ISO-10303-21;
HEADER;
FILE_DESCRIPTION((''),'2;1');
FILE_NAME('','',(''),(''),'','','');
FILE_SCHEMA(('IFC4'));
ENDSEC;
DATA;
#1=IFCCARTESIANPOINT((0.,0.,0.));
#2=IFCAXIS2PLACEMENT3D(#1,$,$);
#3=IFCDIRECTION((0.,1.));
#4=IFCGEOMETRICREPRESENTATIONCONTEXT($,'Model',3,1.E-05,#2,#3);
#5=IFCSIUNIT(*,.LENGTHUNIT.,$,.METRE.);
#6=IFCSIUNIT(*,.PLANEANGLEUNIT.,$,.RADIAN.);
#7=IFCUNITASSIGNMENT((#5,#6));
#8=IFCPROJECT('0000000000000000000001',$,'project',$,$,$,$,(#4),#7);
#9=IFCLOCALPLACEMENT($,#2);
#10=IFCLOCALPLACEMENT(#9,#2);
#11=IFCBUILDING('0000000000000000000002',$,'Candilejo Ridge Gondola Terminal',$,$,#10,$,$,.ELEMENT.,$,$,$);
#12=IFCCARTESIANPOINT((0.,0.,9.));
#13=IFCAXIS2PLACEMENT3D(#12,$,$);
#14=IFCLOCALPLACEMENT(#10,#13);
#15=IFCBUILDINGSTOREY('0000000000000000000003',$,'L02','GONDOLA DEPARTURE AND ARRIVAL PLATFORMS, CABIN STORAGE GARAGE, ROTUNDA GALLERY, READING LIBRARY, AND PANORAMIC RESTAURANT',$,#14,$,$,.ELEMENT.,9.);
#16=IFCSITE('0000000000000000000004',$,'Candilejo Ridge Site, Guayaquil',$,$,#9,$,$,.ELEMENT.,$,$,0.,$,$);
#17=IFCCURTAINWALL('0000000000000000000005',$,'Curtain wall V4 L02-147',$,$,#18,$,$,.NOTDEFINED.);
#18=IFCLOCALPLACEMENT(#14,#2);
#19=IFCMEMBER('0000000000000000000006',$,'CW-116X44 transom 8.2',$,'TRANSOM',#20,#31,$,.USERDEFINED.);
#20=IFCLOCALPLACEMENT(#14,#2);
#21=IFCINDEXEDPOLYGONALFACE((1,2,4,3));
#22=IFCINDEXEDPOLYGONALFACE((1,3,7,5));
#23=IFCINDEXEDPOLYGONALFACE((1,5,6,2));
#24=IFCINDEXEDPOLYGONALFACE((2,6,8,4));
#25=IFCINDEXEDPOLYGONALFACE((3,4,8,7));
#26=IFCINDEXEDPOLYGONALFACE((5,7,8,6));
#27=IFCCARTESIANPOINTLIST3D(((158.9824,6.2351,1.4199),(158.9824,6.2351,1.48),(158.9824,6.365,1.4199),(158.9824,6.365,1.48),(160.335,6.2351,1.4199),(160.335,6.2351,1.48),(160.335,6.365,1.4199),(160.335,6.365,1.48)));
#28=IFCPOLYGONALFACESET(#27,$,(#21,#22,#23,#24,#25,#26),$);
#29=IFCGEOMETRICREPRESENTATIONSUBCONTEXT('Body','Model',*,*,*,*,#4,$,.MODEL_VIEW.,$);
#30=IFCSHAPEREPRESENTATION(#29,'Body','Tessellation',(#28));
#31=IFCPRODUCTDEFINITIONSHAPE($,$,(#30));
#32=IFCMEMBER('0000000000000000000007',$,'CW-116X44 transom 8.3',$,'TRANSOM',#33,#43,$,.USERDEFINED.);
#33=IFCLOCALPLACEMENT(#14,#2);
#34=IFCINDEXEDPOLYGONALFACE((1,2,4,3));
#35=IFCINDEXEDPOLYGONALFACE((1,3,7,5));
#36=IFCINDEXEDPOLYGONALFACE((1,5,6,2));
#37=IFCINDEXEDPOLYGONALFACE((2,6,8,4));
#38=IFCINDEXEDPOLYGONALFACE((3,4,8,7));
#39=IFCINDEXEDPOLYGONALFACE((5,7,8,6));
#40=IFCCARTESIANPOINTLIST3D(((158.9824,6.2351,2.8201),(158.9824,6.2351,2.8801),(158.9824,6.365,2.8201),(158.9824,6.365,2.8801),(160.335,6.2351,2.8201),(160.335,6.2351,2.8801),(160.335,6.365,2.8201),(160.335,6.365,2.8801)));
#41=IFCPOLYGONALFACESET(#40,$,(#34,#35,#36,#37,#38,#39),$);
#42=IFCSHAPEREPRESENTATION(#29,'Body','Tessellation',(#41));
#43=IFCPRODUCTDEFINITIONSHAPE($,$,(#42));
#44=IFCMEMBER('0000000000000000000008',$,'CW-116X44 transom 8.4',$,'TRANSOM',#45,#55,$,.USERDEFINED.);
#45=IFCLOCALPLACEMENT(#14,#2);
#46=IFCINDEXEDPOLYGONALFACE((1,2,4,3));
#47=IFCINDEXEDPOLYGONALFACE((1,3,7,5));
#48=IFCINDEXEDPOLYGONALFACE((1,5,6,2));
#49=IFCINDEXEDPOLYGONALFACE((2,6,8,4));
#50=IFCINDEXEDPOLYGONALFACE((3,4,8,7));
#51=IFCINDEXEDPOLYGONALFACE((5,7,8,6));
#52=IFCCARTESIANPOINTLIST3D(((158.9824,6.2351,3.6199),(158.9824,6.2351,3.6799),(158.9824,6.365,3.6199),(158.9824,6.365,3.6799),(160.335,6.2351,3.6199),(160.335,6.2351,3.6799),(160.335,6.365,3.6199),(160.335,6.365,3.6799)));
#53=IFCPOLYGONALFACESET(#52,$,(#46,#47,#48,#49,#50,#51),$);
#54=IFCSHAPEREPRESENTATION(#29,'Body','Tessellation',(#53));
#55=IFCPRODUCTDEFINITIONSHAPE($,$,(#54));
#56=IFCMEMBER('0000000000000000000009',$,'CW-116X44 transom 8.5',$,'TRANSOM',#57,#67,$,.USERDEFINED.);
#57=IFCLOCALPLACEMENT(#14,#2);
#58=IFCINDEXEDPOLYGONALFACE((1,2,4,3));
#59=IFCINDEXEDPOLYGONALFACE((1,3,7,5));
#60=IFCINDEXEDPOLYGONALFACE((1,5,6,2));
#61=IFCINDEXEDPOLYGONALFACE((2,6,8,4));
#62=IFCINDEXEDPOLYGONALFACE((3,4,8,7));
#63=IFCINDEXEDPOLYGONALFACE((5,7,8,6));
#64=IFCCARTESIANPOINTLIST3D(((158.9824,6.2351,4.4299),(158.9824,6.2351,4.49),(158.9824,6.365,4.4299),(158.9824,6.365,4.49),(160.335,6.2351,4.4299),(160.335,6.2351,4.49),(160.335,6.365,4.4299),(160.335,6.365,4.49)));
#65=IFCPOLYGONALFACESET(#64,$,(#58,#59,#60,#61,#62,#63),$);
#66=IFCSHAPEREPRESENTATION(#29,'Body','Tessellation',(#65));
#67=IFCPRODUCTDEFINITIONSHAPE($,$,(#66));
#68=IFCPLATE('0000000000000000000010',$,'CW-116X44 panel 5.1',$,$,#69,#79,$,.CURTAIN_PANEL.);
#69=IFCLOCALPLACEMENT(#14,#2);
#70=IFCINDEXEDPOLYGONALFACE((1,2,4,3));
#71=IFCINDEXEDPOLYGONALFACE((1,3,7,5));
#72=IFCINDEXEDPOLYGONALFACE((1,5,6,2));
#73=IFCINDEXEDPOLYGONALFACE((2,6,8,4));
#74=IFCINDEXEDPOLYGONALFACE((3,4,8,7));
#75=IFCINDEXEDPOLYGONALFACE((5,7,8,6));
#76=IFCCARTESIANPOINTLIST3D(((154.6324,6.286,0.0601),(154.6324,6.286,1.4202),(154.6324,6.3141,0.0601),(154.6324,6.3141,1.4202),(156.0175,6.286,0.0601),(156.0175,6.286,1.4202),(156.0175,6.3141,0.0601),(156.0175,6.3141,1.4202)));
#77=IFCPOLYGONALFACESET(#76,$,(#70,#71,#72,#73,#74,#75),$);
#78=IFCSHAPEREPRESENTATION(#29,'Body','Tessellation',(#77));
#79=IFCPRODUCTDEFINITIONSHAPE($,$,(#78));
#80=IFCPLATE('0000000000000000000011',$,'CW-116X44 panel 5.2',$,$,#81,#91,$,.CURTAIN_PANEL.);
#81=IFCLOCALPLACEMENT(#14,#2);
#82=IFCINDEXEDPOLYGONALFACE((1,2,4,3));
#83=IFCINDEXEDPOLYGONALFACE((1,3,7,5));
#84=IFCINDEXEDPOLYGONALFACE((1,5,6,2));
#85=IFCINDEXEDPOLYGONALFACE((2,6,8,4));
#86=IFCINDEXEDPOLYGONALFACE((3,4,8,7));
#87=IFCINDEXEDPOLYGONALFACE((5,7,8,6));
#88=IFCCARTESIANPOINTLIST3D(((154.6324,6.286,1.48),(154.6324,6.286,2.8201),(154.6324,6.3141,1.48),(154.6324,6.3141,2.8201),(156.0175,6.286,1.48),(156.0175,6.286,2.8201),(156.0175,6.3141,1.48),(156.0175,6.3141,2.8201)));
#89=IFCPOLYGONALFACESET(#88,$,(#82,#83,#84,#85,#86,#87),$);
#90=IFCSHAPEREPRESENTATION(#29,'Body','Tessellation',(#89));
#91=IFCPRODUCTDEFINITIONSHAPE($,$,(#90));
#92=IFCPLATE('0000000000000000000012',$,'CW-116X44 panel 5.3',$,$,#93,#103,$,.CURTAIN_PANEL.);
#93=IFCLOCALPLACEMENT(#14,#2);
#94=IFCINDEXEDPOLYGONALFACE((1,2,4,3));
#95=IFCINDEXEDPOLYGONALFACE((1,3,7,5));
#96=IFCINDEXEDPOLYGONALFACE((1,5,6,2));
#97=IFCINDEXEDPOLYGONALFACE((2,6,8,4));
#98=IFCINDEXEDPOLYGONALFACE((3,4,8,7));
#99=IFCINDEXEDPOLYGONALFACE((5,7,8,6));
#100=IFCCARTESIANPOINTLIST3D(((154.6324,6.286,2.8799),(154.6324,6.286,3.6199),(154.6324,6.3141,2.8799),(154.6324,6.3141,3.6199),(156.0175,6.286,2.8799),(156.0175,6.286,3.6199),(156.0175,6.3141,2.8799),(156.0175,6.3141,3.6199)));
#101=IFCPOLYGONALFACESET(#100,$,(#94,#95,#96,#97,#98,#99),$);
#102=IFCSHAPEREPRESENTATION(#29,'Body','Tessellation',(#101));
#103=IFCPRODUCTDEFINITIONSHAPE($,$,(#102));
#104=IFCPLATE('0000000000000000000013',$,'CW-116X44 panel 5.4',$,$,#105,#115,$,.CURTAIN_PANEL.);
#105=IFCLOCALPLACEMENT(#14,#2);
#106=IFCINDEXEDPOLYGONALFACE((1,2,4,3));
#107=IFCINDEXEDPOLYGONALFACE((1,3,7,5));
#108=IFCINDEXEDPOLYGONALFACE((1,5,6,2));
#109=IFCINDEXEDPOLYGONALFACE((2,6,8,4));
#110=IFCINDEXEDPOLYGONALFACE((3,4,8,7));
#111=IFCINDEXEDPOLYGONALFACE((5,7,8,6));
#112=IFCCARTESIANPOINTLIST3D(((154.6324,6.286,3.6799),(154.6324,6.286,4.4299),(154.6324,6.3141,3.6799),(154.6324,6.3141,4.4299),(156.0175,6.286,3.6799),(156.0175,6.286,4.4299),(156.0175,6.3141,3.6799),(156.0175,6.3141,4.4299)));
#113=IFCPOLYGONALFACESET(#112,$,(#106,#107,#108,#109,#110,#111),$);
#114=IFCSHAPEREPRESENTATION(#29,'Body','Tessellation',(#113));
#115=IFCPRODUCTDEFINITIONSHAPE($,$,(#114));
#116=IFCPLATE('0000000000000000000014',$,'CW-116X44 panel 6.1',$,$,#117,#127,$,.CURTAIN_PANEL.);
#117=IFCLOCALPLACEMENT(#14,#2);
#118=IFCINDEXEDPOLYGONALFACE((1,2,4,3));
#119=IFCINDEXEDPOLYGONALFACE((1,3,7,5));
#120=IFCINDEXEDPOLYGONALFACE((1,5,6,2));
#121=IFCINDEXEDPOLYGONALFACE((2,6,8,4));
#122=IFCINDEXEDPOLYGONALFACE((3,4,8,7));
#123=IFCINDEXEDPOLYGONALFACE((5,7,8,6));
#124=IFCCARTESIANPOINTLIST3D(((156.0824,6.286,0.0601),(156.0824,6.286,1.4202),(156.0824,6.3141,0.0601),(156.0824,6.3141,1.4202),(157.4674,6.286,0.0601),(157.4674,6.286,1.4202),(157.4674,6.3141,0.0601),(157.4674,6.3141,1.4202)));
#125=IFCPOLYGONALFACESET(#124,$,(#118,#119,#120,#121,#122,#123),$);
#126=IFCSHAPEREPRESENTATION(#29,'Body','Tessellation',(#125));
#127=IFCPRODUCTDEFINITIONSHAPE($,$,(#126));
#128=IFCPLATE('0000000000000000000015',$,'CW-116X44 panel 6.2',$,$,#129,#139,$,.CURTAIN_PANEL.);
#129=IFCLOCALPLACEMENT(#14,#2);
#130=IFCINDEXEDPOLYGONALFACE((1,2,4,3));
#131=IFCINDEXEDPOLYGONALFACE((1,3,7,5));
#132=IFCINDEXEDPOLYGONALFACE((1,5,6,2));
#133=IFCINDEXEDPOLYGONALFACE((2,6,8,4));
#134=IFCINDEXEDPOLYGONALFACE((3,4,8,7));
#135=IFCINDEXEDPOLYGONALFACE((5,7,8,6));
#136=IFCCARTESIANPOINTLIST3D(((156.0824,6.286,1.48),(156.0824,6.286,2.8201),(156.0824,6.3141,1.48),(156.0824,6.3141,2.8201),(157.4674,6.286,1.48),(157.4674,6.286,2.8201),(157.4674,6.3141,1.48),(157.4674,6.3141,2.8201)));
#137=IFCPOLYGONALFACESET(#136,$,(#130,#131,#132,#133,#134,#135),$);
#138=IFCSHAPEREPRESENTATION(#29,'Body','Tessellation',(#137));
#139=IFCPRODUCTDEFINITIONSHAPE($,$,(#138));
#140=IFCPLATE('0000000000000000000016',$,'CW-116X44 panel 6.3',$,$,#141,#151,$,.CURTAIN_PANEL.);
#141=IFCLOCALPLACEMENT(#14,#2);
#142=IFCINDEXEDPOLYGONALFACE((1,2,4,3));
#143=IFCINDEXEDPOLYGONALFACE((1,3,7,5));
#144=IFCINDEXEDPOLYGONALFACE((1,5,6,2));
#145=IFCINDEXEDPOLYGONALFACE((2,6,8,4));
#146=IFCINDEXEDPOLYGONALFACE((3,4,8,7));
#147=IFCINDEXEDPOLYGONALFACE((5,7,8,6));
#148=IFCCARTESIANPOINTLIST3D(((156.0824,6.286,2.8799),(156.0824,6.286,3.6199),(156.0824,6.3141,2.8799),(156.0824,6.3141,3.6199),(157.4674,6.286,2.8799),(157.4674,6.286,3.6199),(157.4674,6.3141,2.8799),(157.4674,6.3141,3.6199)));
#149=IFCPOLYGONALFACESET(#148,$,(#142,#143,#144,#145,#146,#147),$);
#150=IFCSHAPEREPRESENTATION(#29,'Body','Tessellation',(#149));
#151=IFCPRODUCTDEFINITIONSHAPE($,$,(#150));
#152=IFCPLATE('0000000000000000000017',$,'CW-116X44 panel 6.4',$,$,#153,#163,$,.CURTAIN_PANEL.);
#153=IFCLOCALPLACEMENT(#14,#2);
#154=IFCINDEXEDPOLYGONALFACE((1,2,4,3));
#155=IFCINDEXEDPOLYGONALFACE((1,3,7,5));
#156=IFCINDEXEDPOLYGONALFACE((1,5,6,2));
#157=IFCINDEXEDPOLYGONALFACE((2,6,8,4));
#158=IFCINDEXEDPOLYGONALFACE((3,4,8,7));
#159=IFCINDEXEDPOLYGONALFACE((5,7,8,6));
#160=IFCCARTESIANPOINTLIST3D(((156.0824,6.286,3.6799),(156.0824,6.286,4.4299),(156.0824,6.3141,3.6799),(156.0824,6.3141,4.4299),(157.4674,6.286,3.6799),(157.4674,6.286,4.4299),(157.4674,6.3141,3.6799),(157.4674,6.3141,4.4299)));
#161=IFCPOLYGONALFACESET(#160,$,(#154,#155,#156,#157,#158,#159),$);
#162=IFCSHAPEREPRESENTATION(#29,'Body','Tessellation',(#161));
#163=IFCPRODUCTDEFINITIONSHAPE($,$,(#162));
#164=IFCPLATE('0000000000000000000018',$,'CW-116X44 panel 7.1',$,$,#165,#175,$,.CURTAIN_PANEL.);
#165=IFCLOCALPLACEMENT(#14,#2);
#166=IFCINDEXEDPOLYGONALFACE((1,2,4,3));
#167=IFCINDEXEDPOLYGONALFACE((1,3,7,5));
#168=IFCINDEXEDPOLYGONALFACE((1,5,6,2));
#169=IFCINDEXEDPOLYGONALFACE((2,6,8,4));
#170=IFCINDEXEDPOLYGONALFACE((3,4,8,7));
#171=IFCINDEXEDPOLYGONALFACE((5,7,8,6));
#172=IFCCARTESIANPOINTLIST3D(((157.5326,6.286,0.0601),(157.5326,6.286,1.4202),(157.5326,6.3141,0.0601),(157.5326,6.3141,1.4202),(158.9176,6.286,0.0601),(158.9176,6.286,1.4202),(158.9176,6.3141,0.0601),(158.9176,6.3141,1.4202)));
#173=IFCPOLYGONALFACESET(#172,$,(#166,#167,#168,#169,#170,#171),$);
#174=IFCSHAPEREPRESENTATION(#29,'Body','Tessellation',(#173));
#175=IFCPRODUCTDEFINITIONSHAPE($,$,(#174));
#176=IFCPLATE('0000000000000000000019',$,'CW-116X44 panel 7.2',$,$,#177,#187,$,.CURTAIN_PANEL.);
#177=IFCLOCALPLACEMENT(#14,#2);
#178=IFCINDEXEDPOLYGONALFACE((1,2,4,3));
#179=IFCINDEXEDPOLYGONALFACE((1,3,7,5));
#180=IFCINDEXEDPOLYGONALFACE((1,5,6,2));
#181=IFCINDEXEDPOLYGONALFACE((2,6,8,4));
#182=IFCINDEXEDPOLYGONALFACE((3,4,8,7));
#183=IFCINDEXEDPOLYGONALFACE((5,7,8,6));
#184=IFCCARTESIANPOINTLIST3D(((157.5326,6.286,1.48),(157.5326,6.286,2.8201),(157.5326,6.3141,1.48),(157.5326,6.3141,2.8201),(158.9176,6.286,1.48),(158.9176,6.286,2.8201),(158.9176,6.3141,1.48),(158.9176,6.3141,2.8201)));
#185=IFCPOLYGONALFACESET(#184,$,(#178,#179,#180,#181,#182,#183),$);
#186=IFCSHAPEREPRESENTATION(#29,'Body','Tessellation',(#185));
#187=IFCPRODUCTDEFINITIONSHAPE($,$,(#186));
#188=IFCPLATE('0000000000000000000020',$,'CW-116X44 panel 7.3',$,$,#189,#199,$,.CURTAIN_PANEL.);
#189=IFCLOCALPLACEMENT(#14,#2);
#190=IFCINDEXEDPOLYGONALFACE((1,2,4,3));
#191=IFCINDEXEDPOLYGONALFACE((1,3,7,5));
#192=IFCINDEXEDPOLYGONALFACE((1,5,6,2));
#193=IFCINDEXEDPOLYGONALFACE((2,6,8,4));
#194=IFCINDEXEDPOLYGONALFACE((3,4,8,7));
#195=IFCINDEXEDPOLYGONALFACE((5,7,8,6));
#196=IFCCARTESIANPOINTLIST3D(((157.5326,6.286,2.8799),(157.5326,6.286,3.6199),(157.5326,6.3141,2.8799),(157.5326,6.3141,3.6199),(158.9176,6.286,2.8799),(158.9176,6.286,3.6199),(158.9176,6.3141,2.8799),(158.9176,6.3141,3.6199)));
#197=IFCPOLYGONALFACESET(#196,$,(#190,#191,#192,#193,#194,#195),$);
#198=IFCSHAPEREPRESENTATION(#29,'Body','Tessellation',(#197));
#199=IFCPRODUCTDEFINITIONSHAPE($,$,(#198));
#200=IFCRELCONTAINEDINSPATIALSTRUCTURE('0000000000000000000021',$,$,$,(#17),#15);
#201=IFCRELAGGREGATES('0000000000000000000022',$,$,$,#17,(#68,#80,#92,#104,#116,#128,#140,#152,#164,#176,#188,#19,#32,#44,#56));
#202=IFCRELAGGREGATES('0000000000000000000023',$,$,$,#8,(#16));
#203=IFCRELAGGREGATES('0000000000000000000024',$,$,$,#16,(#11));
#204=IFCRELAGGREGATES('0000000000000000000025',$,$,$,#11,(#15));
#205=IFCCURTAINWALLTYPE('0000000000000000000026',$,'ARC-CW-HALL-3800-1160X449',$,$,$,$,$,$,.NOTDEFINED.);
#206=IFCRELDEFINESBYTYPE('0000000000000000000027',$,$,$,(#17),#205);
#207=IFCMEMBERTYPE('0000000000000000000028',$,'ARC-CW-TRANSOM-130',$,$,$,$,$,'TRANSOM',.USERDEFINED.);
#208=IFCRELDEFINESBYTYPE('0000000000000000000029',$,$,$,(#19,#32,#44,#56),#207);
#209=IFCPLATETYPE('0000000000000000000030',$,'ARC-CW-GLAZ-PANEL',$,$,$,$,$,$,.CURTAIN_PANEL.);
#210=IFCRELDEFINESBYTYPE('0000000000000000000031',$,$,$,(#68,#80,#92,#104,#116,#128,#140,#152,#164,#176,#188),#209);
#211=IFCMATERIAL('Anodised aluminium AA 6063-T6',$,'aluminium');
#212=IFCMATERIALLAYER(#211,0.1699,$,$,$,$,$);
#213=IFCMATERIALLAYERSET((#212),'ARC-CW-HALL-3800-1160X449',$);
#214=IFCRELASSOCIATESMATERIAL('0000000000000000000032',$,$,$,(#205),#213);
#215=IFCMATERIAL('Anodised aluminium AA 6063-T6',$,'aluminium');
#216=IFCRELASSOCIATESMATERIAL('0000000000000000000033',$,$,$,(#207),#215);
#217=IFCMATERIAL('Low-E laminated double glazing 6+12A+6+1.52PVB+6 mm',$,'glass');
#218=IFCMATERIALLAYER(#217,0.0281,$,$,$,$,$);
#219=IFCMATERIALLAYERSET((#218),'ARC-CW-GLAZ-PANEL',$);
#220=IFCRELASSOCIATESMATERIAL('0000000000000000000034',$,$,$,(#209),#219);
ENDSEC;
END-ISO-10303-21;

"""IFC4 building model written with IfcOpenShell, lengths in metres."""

from ifc_helpers import new_model, si_unit, direction, frame, origin, origin_2d, place, context, subcontext, project, spatial, rectangle, extrude, material, layer, layer_set, material_profile, profile_set, type_object, element, aggregate, save


model = new_model("IFC4")

# Units and contexts
model_context = context("Model", 3, precision=1e-05, world=origin(), true_north=direction((0.0, 1.0)))
body_context = subcontext(model_context, "Body", "Model", "MODEL_VIEW")
ifc_project = project(units=[si_unit("LENGTHUNIT", "METRE"), si_unit("PLANEANGLEUNIT", "RADIAN")], contexts=[model_context])

# Site, building, storey
site_placement = place(None, origin())
site = spatial("IfcSite", under=ifc_project, at=site_placement, Name="Candilejo Ridge Site, Guayaquil", CompositionType="ELEMENT", RefElevation=0.0)
building_placement = place(site_placement, origin())
building = spatial("IfcBuilding", under=site, at=building_placement, Name="Candilejo Ridge Gondola Terminal", CompositionType="ELEMENT")
storey_placement = place(building_placement, frame((0.0, 0.0, 9.0)))
storey = spatial("IfcBuildingStorey", under=building, at=storey_placement, Name="L02", Description="GONDOLA DEPARTURE AND ARRIVAL PLATFORMS, CABIN STORAGE GARAGE, ROTUNDA GALLERY, READING LIBRARY, AND PANORAMIC RESTAURANT", CompositionType="ELEMENT", Elevation=9.0)

# Curtain wall, members, plates
ifc_material_1 = material(Name="Anodised aluminium AA 6063-T6", Category="aluminium")
ifc_layer_1 = layer(ifc_material_1, 0.1699)
ifc_layer_set_1 = layer_set([ifc_layer_1], Name="ARC-CW-HALL-3800-1160X449")
curtain_wall_type = type_object("IfcCurtainWallType", Name="ARC-CW-HALL-3800-1160X449", PredefinedType="NOTDEFINED", material=ifc_layer_set_1)
curtain_wall_placement = place(storey_placement, origin())
curtain_wall = element("IfcCurtainWall", 1, at=curtain_wall_placement, inside=storey, type_object=curtain_wall_type, Name="Curtain wall V4 L02-147", PredefinedType="NOTDEFINED")
ifc_material_2 = material(Name="Anodised aluminium AA 6063-T6", Category="aluminium")
ifc_material_profile_1 = material_profile(ifc_material_2, rectangle(XDim=0.1299, YDim=0.0601, at=origin_2d()))
ifc_profile_set_1 = profile_set([ifc_material_profile_1], Name="Anodised aluminium AA 6063-T6")
member_type_1 = type_object("IfcMemberType", Name="ARC-CW-TRANSOM-130", ElementType="TRANSOM", PredefinedType="USERDEFINED", material=ifc_profile_set_1)
member_1_placement = place(storey_placement, frame((158.9824, 6.3, 1.45), z_axis=(1.0, 0.0, 0.0), x_axis=(0.0, 1.0, 0.0)))
member_1 = element("IfcMember", 2, at=member_1_placement, type_object=member_type_1, Name="CW-116X44 transom 8.2", ObjectType="TRANSOM", PredefinedType="USERDEFINED", context=body_context, shape_type="SweptSolid", body=[
    extrude(rectangle(XDim=0.1299, YDim=0.0601, at=origin_2d()), origin(), (0.0, 0.0, 1.0), 1.3525),
])
member_2_placement = place(storey_placement, frame((158.9824, 6.3, 2.8501), z_axis=(1.0, 0.0, 0.0), x_axis=(0.0, 1.0, 0.0)))
member_2 = element("IfcMember", 3, at=member_2_placement, type_object=member_type_1, Name="CW-116X44 transom 8.3", ObjectType="TRANSOM", PredefinedType="USERDEFINED", context=body_context, shape_type="SweptSolid", body=[
    extrude(rectangle(XDim=0.1299, YDim=0.0601, at=origin_2d()), origin(), (0.0, 0.0, 1.0), 1.3525),
])
member_3_placement = place(storey_placement, frame((158.9824, 6.3, 3.6499), z_axis=(1.0, 0.0, 0.0), x_axis=(0.0, 1.0, 0.0)))
member_3 = element("IfcMember", 4, at=member_3_placement, type_object=member_type_1, Name="CW-116X44 transom 8.4", ObjectType="TRANSOM", PredefinedType="USERDEFINED", context=body_context, shape_type="SweptSolid", body=[
    extrude(rectangle(XDim=0.1299, YDim=0.0601, at=origin_2d()), origin(), (0.0, 0.0, 1.0), 1.3525),
])
member_4_placement = place(storey_placement, frame((158.9824, 6.3, 4.46), z_axis=(1.0, 0.0, 0.0), x_axis=(0.0, 1.0, 0.0)))
member_4 = element("IfcMember", 5, at=member_4_placement, type_object=member_type_1, Name="CW-116X44 transom 8.5", ObjectType="TRANSOM", PredefinedType="USERDEFINED", context=body_context, shape_type="SweptSolid", body=[
    extrude(rectangle(XDim=0.1299, YDim=0.0601, at=origin_2d()), origin(), (0.0, 0.0, 1.0), 1.3525),
])
ifc_material_3 = material(Name="Low-E laminated double glazing 6+12A+6+1.52PVB+6 mm", Category="glass")
ifc_layer_2 = layer(ifc_material_3, 0.0281)
ifc_layer_set_2 = layer_set([ifc_layer_2], Name="ARC-CW-GLAZ-PANEL")
plate_type = type_object("IfcPlateType", Name="ARC-CW-GLAZ-PANEL", PredefinedType="CURTAIN_PANEL", material=ifc_layer_set_2)
plate_1_placement = place(storey_placement, frame((155.325, 6.3, 0.0601), z_axis=(0.0, 0.0, 1.0), x_axis=(1.0, 0.0, 0.0)))
plate_1 = element("IfcPlate", 6, at=plate_1_placement, type_object=plate_type, Name="CW-116X44 panel 5.1", PredefinedType="CURTAIN_PANEL", context=body_context, shape_type="SweptSolid", body=[
    extrude(rectangle(XDim=1.385, YDim=0.0281, at=origin_2d()), origin(), (0.0, 0.0, 1.0), 1.3601),
])
plate_2_placement = place(storey_placement, frame((155.325, 6.3, 1.48), z_axis=(0.0, 0.0, 1.0), x_axis=(1.0, 0.0, 0.0)))
plate_2 = element("IfcPlate", 7, at=plate_2_placement, type_object=plate_type, Name="CW-116X44 panel 5.2", PredefinedType="CURTAIN_PANEL", context=body_context, shape_type="SweptSolid", body=[
    extrude(rectangle(XDim=1.385, YDim=0.0281, at=origin_2d()), origin(), (0.0, 0.0, 1.0), 1.3401),
])
plate_3_placement = place(storey_placement, frame((155.325, 6.3, 2.8799), z_axis=(0.0, 0.0, 1.0), x_axis=(1.0, 0.0, 0.0)))
plate_3 = element("IfcPlate", 8, at=plate_3_placement, type_object=plate_type, Name="CW-116X44 panel 5.3", PredefinedType="CURTAIN_PANEL", context=body_context, shape_type="SweptSolid", body=[
    extrude(rectangle(XDim=1.385, YDim=0.0281, at=origin_2d()), origin(), (0.0, 0.0, 1.0), 0.74),
])
plate_4_placement = place(storey_placement, frame((155.325, 6.3, 3.6799), z_axis=(0.0, 0.0, 1.0), x_axis=(1.0, 0.0, 0.0)))
plate_4 = element("IfcPlate", 9, at=plate_4_placement, type_object=plate_type, Name="CW-116X44 panel 5.4", PredefinedType="CURTAIN_PANEL", context=body_context, shape_type="SweptSolid", body=[
    extrude(rectangle(XDim=1.385, YDim=0.0281, at=origin_2d()), origin(), (0.0, 0.0, 1.0), 0.75),
])
plate_5_placement = place(storey_placement, frame((156.7749, 6.3, 0.0601), z_axis=(0.0, 0.0, 1.0), x_axis=(1.0, 0.0, 0.0)))
plate_5 = element("IfcPlate", 10, at=plate_5_placement, type_object=plate_type, Name="CW-116X44 panel 6.1", PredefinedType="CURTAIN_PANEL", context=body_context, shape_type="SweptSolid", body=[
    extrude(rectangle(XDim=1.385, YDim=0.0281, at=origin_2d()), origin(), (0.0, 0.0, 1.0), 1.3601),
])
plate_6_placement = place(storey_placement, frame((156.7749, 6.3, 1.48), z_axis=(0.0, 0.0, 1.0), x_axis=(1.0, 0.0, 0.0)))
plate_6 = element("IfcPlate", 11, at=plate_6_placement, type_object=plate_type, Name="CW-116X44 panel 6.2", PredefinedType="CURTAIN_PANEL", context=body_context, shape_type="SweptSolid", body=[
    extrude(rectangle(XDim=1.385, YDim=0.0281, at=origin_2d()), origin(), (0.0, 0.0, 1.0), 1.3401),
])
plate_7_placement = place(storey_placement, frame((156.7749, 6.3, 2.8799), z_axis=(0.0, 0.0, 1.0), x_axis=(1.0, 0.0, 0.0)))
plate_7 = element("IfcPlate", 12, at=plate_7_placement, type_object=plate_type, Name="CW-116X44 panel 6.3", PredefinedType="CURTAIN_PANEL", context=body_context, shape_type="SweptSolid", body=[
    extrude(rectangle(XDim=1.385, YDim=0.0281, at=origin_2d()), origin(), (0.0, 0.0, 1.0), 0.74),
])
plate_8_placement = place(storey_placement, frame((156.7749, 6.3, 3.6799), z_axis=(0.0, 0.0, 1.0), x_axis=(1.0, 0.0, 0.0)))
plate_8 = element("IfcPlate", 13, at=plate_8_placement, type_object=plate_type, Name="CW-116X44 panel 6.4", PredefinedType="CURTAIN_PANEL", context=body_context, shape_type="SweptSolid", body=[
    extrude(rectangle(XDim=1.385, YDim=0.0281, at=origin_2d()), origin(), (0.0, 0.0, 1.0), 0.75),
])
plate_9_placement = place(storey_placement, frame((158.2251, 6.3, 0.0601), z_axis=(0.0, 0.0, 1.0), x_axis=(1.0, 0.0, 0.0)))
plate_9 = element("IfcPlate", 14, at=plate_9_placement, type_object=plate_type, Name="CW-116X44 panel 7.1", PredefinedType="CURTAIN_PANEL", context=body_context, shape_type="SweptSolid", body=[
    extrude(rectangle(XDim=1.385, YDim=0.0281, at=origin_2d()), origin(), (0.0, 0.0, 1.0), 1.3601),
])
plate_10_placement = place(storey_placement, frame((158.2251, 6.3, 1.48), z_axis=(0.0, 0.0, 1.0), x_axis=(1.0, 0.0, 0.0)))
plate_10 = element("IfcPlate", 15, at=plate_10_placement, type_object=plate_type, Name="CW-116X44 panel 7.2", PredefinedType="CURTAIN_PANEL", context=body_context, shape_type="SweptSolid", body=[
    extrude(rectangle(XDim=1.385, YDim=0.0281, at=origin_2d()), origin(), (0.0, 0.0, 1.0), 1.3401),
])
plate_11_placement = place(storey_placement, frame((158.2251, 6.3, 2.8799), z_axis=(0.0, 0.0, 1.0), x_axis=(1.0, 0.0, 0.0)))
plate_11 = element("IfcPlate", 16, at=plate_11_placement, type_object=plate_type, Name="CW-116X44 panel 7.3", PredefinedType="CURTAIN_PANEL", context=body_context, shape_type="SweptSolid", body=[
    extrude(rectangle(XDim=1.385, YDim=0.0281, at=origin_2d()), origin(), (0.0, 0.0, 1.0), 0.74),
])
aggregate(curtain_wall, [plate_1, plate_2, plate_3, plate_4, plate_5, plate_6, plate_7, plate_8, plate_9, plate_10, plate_11, member_1, member_2, member_3, member_4])

save(model, "model.ifc")
